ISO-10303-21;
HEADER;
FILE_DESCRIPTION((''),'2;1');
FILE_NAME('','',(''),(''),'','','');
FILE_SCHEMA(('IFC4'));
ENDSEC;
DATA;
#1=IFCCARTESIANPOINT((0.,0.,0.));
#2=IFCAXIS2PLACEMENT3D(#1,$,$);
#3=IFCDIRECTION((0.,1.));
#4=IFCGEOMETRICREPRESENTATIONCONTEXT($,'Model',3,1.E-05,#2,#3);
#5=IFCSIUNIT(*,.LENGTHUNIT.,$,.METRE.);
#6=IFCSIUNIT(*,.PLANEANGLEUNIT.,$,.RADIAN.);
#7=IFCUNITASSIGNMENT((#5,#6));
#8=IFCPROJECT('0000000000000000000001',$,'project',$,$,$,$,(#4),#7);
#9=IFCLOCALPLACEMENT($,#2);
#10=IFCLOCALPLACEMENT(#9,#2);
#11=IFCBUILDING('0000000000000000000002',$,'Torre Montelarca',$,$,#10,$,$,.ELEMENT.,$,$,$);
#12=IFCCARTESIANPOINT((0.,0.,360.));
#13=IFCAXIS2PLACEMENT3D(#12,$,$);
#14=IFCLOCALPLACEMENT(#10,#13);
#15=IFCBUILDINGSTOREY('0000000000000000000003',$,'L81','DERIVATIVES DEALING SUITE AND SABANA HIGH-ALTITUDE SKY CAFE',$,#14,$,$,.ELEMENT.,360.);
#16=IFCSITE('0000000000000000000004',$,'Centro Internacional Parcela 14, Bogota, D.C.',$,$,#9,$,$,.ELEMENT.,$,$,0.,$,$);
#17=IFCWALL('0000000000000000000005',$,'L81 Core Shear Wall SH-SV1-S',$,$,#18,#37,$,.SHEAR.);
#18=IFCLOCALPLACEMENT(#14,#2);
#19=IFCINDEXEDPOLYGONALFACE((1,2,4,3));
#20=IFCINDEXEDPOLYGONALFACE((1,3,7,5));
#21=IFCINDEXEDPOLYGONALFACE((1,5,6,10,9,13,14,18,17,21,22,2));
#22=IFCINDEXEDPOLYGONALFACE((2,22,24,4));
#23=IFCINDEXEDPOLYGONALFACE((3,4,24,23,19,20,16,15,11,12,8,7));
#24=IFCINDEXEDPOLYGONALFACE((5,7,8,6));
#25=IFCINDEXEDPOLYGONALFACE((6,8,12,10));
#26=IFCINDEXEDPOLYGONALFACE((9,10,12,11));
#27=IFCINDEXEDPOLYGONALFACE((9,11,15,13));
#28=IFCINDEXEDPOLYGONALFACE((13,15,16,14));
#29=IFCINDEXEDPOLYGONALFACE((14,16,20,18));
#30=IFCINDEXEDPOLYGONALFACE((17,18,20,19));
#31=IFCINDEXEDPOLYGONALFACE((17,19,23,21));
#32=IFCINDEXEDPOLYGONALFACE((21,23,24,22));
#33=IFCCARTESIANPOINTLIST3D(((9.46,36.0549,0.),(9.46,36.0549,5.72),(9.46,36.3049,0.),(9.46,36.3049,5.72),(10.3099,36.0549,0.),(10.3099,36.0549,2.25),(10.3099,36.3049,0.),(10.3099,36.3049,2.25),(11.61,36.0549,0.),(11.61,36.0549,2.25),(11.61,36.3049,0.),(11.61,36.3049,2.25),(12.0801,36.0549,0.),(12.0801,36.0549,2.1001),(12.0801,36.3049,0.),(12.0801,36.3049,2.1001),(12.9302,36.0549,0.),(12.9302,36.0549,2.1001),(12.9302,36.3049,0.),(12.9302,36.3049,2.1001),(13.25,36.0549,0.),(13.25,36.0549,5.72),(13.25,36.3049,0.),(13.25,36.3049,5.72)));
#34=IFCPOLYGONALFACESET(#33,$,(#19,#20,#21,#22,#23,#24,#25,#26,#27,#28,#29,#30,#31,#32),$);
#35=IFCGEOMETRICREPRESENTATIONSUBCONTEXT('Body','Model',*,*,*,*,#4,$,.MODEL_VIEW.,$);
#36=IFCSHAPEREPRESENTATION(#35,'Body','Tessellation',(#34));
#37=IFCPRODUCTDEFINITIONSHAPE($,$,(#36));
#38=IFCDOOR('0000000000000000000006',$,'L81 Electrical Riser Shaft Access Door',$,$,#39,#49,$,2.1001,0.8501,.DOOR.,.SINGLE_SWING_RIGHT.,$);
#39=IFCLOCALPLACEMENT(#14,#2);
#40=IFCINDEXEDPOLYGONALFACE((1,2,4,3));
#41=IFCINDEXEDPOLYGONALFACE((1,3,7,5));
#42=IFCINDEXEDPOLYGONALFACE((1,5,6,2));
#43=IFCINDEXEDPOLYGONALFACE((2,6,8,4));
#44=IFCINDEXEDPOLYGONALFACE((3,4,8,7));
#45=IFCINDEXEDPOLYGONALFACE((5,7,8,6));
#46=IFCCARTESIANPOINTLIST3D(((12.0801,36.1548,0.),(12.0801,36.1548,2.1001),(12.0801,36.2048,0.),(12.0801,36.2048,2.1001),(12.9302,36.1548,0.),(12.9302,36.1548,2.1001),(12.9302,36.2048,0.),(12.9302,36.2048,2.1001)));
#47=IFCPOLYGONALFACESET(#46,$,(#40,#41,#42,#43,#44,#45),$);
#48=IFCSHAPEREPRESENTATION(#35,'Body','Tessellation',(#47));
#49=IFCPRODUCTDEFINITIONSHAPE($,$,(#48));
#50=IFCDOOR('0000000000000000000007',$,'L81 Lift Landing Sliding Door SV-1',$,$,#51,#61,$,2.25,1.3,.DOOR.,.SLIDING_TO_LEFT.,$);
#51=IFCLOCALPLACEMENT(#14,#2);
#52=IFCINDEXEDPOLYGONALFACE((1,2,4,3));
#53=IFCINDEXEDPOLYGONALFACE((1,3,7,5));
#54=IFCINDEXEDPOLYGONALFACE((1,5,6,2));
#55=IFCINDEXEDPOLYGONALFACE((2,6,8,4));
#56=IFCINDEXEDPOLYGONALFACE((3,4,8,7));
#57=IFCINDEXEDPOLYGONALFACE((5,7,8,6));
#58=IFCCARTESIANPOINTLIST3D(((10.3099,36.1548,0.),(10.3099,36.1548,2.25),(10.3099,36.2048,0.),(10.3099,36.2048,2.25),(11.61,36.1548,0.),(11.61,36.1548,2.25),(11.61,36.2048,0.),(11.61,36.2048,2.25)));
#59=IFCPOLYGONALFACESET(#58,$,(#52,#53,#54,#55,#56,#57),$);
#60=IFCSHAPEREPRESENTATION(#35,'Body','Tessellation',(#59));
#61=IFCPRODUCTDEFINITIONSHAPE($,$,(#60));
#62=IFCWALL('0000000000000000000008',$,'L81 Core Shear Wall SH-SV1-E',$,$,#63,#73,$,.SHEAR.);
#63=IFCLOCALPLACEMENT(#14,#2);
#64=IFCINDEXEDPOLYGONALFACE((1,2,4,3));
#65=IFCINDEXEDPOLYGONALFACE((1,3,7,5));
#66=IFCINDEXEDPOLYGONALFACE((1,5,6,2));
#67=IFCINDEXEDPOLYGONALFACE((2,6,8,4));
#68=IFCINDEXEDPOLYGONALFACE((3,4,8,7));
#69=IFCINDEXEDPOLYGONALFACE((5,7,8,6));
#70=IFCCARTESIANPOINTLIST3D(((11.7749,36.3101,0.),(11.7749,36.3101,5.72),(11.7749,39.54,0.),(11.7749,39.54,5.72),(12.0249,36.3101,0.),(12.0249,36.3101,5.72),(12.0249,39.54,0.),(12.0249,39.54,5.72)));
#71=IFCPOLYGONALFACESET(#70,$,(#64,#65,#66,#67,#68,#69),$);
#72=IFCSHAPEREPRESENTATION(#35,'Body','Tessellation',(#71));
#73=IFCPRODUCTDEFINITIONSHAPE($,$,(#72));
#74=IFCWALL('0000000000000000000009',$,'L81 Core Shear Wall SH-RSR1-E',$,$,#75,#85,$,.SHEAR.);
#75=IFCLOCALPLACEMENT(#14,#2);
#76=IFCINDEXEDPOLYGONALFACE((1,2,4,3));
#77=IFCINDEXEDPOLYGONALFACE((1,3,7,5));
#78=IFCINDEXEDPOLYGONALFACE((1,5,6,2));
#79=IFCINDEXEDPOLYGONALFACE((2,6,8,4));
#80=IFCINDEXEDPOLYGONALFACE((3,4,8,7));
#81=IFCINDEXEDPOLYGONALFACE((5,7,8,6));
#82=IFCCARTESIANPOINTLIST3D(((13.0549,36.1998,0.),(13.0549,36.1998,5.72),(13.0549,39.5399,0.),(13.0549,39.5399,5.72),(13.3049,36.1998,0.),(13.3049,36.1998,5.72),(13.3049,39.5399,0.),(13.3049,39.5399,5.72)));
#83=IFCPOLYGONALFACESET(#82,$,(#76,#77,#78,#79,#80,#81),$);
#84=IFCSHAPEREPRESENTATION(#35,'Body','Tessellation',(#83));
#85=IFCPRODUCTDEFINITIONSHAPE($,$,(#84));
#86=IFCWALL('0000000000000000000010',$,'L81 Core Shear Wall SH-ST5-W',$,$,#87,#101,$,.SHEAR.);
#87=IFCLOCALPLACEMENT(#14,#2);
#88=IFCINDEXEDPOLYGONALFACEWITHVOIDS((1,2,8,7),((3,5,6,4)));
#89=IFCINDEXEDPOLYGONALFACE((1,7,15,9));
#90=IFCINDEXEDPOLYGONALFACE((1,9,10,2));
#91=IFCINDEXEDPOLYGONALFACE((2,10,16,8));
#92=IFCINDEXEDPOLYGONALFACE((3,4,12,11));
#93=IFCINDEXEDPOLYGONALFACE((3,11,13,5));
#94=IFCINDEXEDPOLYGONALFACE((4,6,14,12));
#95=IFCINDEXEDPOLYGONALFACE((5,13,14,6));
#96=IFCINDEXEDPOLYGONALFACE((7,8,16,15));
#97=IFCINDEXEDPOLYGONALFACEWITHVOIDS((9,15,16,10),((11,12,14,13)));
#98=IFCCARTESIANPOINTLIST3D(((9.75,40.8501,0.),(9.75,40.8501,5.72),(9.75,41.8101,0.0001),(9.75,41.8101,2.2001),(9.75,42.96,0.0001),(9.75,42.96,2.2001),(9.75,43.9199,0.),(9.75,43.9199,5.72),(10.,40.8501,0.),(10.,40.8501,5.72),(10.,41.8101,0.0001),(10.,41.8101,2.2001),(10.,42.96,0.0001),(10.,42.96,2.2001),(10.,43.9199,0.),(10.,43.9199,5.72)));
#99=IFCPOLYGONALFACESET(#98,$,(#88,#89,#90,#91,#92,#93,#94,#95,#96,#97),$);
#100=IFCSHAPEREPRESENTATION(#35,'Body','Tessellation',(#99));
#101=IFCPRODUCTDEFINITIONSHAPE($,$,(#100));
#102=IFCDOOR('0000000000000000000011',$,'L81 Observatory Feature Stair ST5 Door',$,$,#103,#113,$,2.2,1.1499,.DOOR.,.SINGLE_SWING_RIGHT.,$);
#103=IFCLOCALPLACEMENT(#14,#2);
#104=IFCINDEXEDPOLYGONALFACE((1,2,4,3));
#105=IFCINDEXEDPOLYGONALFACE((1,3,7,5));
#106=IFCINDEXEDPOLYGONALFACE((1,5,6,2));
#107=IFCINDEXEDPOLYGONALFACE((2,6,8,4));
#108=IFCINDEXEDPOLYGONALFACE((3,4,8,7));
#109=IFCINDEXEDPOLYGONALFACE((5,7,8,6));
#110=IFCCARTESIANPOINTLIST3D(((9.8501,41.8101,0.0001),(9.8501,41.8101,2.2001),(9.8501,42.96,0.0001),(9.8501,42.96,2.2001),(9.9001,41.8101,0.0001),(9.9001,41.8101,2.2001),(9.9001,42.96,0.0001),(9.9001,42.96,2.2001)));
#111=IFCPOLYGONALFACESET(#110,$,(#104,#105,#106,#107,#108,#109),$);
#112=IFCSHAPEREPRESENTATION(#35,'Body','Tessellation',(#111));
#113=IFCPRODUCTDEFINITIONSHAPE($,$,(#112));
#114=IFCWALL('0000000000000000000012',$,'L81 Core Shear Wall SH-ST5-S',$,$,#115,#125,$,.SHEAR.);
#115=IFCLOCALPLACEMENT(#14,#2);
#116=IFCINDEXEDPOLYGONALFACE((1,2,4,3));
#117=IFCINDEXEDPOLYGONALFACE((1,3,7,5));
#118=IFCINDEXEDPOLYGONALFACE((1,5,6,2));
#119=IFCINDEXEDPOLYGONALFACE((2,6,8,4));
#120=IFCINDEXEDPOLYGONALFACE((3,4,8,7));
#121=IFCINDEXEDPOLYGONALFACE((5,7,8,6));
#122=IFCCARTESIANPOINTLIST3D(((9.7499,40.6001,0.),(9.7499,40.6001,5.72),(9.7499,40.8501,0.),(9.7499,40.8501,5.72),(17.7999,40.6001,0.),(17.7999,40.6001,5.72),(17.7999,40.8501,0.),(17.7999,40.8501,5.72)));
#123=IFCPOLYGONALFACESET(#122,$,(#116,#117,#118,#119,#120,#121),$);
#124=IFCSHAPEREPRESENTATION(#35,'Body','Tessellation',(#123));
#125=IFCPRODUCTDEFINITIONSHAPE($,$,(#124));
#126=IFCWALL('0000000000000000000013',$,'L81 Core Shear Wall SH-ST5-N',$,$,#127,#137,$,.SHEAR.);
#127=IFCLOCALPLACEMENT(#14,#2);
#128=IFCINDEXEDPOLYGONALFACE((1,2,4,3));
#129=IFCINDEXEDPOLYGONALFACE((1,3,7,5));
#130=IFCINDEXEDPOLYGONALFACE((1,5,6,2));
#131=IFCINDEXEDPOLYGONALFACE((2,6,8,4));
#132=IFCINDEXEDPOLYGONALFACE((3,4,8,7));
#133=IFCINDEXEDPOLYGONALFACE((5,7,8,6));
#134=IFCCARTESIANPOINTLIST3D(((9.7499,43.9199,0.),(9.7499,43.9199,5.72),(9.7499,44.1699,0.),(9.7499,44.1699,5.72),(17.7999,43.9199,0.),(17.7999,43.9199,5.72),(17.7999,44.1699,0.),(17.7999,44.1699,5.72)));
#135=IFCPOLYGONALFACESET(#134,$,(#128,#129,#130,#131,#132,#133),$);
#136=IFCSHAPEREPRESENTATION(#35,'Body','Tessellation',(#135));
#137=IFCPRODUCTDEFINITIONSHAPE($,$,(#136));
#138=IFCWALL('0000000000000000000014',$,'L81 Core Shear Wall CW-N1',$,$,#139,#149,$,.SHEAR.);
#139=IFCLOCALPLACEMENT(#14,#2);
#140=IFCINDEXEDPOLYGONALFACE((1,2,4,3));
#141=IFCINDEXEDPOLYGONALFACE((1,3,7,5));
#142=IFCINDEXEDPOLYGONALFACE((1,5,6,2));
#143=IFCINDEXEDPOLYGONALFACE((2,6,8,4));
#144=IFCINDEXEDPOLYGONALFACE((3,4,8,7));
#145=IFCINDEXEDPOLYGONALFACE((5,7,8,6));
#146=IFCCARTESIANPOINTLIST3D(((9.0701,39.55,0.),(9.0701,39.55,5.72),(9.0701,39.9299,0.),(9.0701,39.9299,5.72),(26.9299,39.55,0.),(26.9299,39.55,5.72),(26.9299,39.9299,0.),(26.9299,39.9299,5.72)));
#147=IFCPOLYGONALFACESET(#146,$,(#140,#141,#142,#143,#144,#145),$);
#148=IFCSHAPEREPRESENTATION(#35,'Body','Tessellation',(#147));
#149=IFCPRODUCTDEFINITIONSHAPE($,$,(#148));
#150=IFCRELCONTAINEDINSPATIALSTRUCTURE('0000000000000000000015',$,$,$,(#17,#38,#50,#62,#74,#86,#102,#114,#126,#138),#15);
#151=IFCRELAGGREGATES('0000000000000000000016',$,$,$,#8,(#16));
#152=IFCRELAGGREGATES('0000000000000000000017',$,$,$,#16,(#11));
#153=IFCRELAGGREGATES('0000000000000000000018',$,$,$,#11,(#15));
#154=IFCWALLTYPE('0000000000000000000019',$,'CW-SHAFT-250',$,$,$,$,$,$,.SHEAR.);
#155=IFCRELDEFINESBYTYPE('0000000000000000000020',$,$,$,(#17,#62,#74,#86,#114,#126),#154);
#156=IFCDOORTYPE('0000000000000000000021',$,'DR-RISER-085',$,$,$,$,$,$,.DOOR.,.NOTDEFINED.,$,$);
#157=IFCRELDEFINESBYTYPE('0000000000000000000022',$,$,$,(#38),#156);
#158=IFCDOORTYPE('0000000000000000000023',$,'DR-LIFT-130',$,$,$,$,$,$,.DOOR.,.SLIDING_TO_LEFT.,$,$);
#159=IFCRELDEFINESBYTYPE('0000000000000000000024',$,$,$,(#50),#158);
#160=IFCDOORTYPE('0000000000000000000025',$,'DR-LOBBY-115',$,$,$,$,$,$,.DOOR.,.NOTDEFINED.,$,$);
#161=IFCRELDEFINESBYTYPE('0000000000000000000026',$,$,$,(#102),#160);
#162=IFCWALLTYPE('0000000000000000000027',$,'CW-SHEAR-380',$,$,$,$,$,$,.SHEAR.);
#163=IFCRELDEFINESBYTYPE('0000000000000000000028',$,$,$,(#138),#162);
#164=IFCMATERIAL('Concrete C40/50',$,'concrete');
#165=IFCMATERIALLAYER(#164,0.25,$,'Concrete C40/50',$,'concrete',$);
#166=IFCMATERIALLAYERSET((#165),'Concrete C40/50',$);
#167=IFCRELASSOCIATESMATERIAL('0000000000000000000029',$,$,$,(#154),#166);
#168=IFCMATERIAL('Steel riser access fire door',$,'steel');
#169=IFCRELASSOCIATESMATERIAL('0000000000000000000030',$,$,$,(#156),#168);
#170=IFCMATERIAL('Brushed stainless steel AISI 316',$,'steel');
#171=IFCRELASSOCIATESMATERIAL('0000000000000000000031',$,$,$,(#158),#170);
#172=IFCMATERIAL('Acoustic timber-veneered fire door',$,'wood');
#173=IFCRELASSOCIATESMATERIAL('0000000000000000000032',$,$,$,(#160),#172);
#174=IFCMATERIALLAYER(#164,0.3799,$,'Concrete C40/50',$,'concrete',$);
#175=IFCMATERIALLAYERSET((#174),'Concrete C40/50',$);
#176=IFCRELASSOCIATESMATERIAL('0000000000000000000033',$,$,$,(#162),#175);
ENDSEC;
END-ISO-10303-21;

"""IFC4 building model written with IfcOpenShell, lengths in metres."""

from ifc_helpers import new_model, si_unit, direction, frame, frame_2d, origin, place, context, subcontext, project, spatial, rectangle, extrude, source, transform, mapped, material, layer, layer_set, type_object, element, fill, save


model = new_model("IFC4")

# Units and contexts
model_context = context("Model", 3, precision=1e-05, world=origin(), true_north=direction((0.0, 1.0)))
body_context = subcontext(model_context, "Body", "Model", "MODEL_VIEW")
ifc_project = project(units=[si_unit("LENGTHUNIT", "METRE"), si_unit("PLANEANGLEUNIT", "RADIAN")], contexts=[model_context])

# Site, building, storey
site_placement = place(None, origin())
site = spatial("IfcSite", under=ifc_project, at=site_placement, Name="Centro Internacional Parcela 14, Bogota, D.C.", CompositionType="ELEMENT", RefElevation=0.0)
building_placement = place(site_placement, origin())
building = spatial("IfcBuilding", under=site, at=building_placement, Name="Torre Montelarca", CompositionType="ELEMENT")
storey_placement = place(building_placement, frame((0.0, 0.0, 360.0)))
storey = spatial("IfcBuildingStorey", under=building, at=storey_placement, Name="L81", Description="DERIVATIVES DEALING SUITE AND SABANA HIGH-ALTITUDE SKY CAFE", CompositionType="ELEMENT", Elevation=360.0)

# Shared definitions
ifc_material_1 = material(Name="Concrete C40/50", Category="concrete")

# Wall, openings, doors
ifc_layer_1 = layer(ifc_material_1, 0.25, Name="Concrete C40/50", Category="concrete")
ifc_layer_set_1 = layer_set([ifc_layer_1], Name="Concrete C40/50")
wall_type_1 = type_object("IfcWallType", Name="CW-SHAFT-250", PredefinedType="SHEAR", material=ifc_layer_set_1)
wall_1_placement = place(storey_placement, frame((9.46, 36.1799, 0.0), z_axis=(0.0, 0.0, 1.0), x_axis=(1.0, 0.0, 0.0)))
wall_1 = element("IfcWall", 1, at=wall_1_placement, inside=storey, type_object=wall_type_1, Name="L81 Core Shear Wall SH-SV1-S", PredefinedType="SHEAR", context=body_context, shape_type="SweptSolid", body=[
    extrude(rectangle(XDim=3.79, YDim=0.25, at=frame_2d((1.895, 0.0))), origin(), (0.0, 0.0, 1.0), 5.72),
])
opening_1_placement = place(wall_1_placement, frame((2.6201, 0.0, 0.0)))
opening_1 = element("IfcOpeningElement", 2, at=opening_1_placement, cuts=wall_1, PredefinedType="OPENING", context=body_context, shape_type="SweptSolid", body=[
    extrude(rectangle(XDim=0.8501, YDim=2.1001, at=frame_2d((0.425, 1.05))), frame((0.0, 0.135, 0.0), z_axis=(0.0, -1.0, 0.0), x_axis=(1.0, 0.0, 0.0)), (0.0, 0.0, 1.0), 0.27),
])
opening_2_placement = place(wall_1_placement, frame((0.8501, 0.0, 0.0)))
opening_2 = element("IfcOpeningElement", 3, at=opening_2_placement, cuts=wall_1, PredefinedType="OPENING", context=body_context, shape_type="SweptSolid", body=[
    extrude(rectangle(XDim=1.3, YDim=2.25, at=frame_2d((0.6499, 1.125))), frame((0.0, 0.135, 0.0), z_axis=(0.0, -1.0, 0.0), x_axis=(1.0, 0.0, 0.0)), (0.0, 0.0, 1.0), 0.27),
])
ifc_material_2 = material(Name="Steel riser access fire door", Category="steel")
door_type_1 = type_object("IfcDoorType", Name="DR-RISER-085", OperationType="NOTDEFINED", PredefinedType="DOOR", material=ifc_material_2)
shared_shape_1 = source(origin(), body_context, "Body", "SweptSolid", [
    extrude(rectangle(XDim=0.8501, YDim=2.1001, at=frame_2d((0.425, 1.05))), frame((0.0, 0.0249, 0.0), z_axis=(0.0, -1.0, 0.0), x_axis=(1.0, 0.0, 0.0)), (0.0, 0.0, 1.0), 0.05),
])
door_1_placement = place(opening_1_placement, origin())
door_1 = element("IfcDoor", 4, at=door_1_placement, inside=storey, type_object=door_type_1, Name="L81 Electrical Riser Shaft Access Door", OperationType="SINGLE_SWING_RIGHT", OverallHeight=2.1001, OverallWidth=0.8501, PredefinedType="DOOR", context=body_context, shape_type="MappedRepresentation", body=[
    mapped(shared_shape_1, transform((0.0, 0.0, 0.0), scale=1.0)),
])
fill(opening_1, door_1)
ifc_material_3 = material(Name="Brushed stainless steel AISI 316", Category="steel")
door_type_2 = type_object("IfcDoorType", Name="DR-LIFT-130", OperationType="SLIDING_TO_LEFT", PredefinedType="DOOR", material=ifc_material_3)
shared_shape_2 = source(origin(), body_context, "Body", "SweptSolid", [
    extrude(rectangle(XDim=1.3, YDim=2.25, at=frame_2d((0.6499, 1.125))), frame((0.0, 0.0249, 0.0), z_axis=(0.0, -1.0, 0.0), x_axis=(1.0, 0.0, 0.0)), (0.0, 0.0, 1.0), 0.05),
])
door_2_placement = place(opening_2_placement, origin())
door_2 = element("IfcDoor", 5, at=door_2_placement, inside=storey, type_object=door_type_2, Name="L81 Lift Landing Sliding Door SV-1", OperationType="SLIDING_TO_LEFT", OverallHeight=2.25, OverallWidth=1.3, PredefinedType="DOOR", context=body_context, shape_type="MappedRepresentation", body=[
    mapped(shared_shape_2, transform((0.0, 0.0, 0.0), scale=1.0)),
])
fill(opening_2, door_2)

# Walls
wall_2_placement = place(storey_placement, frame((11.8999, 36.3101, 0.0), z_axis=(0.0, 0.0, 1.0), x_axis=(0.0, 1.0, 0.0)))
element("IfcWall", 6, at=wall_2_placement, inside=storey, type_object=wall_type_1, Name="L81 Core Shear Wall SH-SV1-E", PredefinedType="SHEAR", context=body_context, shape_type="SweptSolid", body=[
    extrude(rectangle(XDim=3.23, YDim=0.25, at=frame_2d((1.615, 0.0))), origin(), (0.0, 0.0, 1.0), 5.72),
])
wall_3_placement = place(storey_placement, frame((13.1799, 36.2, 0.0), z_axis=(0.0, 0.0, 1.0), x_axis=(0.0, 1.0, 0.0)))
element("IfcWall", 7, at=wall_3_placement, inside=storey, type_object=wall_type_1, Name="L81 Core Shear Wall SH-RSR1-E", PredefinedType="SHEAR", context=body_context, shape_type="SweptSolid", body=[
    extrude(rectangle(XDim=3.3401, YDim=0.25, at=frame_2d((1.6699, 0.0))), origin(), (0.0, 0.0, 1.0), 5.72),
])

# Wall, opening, door
wall_4_placement = place(storey_placement, frame((9.875, 40.8501, 0.0), z_axis=(0.0, 0.0, 1.0), x_axis=(0.0, 1.0, 0.0)))
wall_4 = element("IfcWall", 8, at=wall_4_placement, inside=storey, type_object=wall_type_1, Name="L81 Core Shear Wall SH-ST5-W", PredefinedType="SHEAR", context=body_context, shape_type="SweptSolid", body=[
    extrude(rectangle(XDim=3.0698, YDim=0.25, at=frame_2d((1.5349, 0.0))), origin(), (0.0, 0.0, 1.0), 5.72),
])
opening_3_placement = place(wall_4_placement, frame((0.96, 0.0, 0.0)))
opening_3 = element("IfcOpeningElement", 9, at=opening_3_placement, cuts=wall_4, PredefinedType="OPENING", context=body_context, shape_type="SweptSolid", body=[
    extrude(rectangle(XDim=1.1499, YDim=2.2, at=frame_2d((0.575, 1.1001))), frame((0.0, 0.135, 0.0), z_axis=(0.0, -1.0, 0.0), x_axis=(1.0, 0.0, 0.0)), (0.0, 0.0, 1.0), 0.27),
])
ifc_material_4 = material(Name="Acoustic timber-veneered fire door", Category="wood")
door_type_3 = type_object("IfcDoorType", Name="DR-LOBBY-115", OperationType="NOTDEFINED", PredefinedType="DOOR", material=ifc_material_4)
shared_shape_3 = source(origin(), body_context, "Body", "SweptSolid", [
    extrude(rectangle(XDim=1.1499, YDim=2.2, at=frame_2d((0.575, 1.1001))), frame((0.0, 0.0249, 0.0), z_axis=(0.0, -1.0, 0.0), x_axis=(1.0, 0.0, 0.0)), (0.0, 0.0, 1.0), 0.05),
])
door_3_placement = place(opening_3_placement, origin())
door_3 = element("IfcDoor", 10, at=door_3_placement, inside=storey, type_object=door_type_3, Name="L81 Observatory Feature Stair ST5 Door", OperationType="SINGLE_SWING_RIGHT", OverallHeight=2.2, OverallWidth=1.1499, PredefinedType="DOOR", context=body_context, shape_type="MappedRepresentation", body=[
    mapped(shared_shape_3, transform((0.0, 0.0, 0.0), scale=1.0)),
])
fill(opening_3, door_3)

# Walls
for number, where, z_axis, x_axis, name in (
    (11, (9.75, 40.7251, 0.0), (0.0, 0.0, 1.0), (1.0, 0.0, 0.0), "L81 Core Shear Wall SH-ST5-S"),
    (12, (9.75, 44.0449, 0.0), (0.0, 0.0, 1.0), (1.0, 0.0, 0.0), "L81 Core Shear Wall SH-ST5-N"),
):
    element("IfcWall", number, at=place(storey_placement, frame(where, z_axis=z_axis, x_axis=x_axis)), inside=storey, type_object=wall_type_1, Name=name, PredefinedType="SHEAR", context=body_context, shape_type="SweptSolid", body=[
        extrude(rectangle(XDim=8.05, YDim=0.25, at=frame_2d((4.0249, 0.0))), origin(), (0.0, 0.0, 1.0), 5.72),
    ])
ifc_layer_2 = layer(ifc_material_1, 0.3799, Name="Concrete C40/50", Category="concrete")
ifc_layer_set_2 = layer_set([ifc_layer_2], Name="Concrete C40/50")
wall_type_2 = type_object("IfcWallType", Name="CW-SHEAR-380", PredefinedType="SHEAR", material=ifc_layer_set_2)
wall_5_placement = place(storey_placement, frame((9.0701, 39.74, 0.0), z_axis=(0.0, 0.0, 1.0), x_axis=(1.0, 0.0, 0.0)))
element("IfcWall", 13, at=wall_5_placement, inside=storey, type_object=wall_type_2, Name="L81 Core Shear Wall CW-N1", PredefinedType="SHEAR", context=body_context, shape_type="SweptSolid", body=[
    extrude(rectangle(XDim=17.8599, YDim=0.3799, at=frame_2d((8.9299, 0.0))), origin(), (0.0, 0.0, 1.0), 5.72),
])

save(model, "model.ifc")
